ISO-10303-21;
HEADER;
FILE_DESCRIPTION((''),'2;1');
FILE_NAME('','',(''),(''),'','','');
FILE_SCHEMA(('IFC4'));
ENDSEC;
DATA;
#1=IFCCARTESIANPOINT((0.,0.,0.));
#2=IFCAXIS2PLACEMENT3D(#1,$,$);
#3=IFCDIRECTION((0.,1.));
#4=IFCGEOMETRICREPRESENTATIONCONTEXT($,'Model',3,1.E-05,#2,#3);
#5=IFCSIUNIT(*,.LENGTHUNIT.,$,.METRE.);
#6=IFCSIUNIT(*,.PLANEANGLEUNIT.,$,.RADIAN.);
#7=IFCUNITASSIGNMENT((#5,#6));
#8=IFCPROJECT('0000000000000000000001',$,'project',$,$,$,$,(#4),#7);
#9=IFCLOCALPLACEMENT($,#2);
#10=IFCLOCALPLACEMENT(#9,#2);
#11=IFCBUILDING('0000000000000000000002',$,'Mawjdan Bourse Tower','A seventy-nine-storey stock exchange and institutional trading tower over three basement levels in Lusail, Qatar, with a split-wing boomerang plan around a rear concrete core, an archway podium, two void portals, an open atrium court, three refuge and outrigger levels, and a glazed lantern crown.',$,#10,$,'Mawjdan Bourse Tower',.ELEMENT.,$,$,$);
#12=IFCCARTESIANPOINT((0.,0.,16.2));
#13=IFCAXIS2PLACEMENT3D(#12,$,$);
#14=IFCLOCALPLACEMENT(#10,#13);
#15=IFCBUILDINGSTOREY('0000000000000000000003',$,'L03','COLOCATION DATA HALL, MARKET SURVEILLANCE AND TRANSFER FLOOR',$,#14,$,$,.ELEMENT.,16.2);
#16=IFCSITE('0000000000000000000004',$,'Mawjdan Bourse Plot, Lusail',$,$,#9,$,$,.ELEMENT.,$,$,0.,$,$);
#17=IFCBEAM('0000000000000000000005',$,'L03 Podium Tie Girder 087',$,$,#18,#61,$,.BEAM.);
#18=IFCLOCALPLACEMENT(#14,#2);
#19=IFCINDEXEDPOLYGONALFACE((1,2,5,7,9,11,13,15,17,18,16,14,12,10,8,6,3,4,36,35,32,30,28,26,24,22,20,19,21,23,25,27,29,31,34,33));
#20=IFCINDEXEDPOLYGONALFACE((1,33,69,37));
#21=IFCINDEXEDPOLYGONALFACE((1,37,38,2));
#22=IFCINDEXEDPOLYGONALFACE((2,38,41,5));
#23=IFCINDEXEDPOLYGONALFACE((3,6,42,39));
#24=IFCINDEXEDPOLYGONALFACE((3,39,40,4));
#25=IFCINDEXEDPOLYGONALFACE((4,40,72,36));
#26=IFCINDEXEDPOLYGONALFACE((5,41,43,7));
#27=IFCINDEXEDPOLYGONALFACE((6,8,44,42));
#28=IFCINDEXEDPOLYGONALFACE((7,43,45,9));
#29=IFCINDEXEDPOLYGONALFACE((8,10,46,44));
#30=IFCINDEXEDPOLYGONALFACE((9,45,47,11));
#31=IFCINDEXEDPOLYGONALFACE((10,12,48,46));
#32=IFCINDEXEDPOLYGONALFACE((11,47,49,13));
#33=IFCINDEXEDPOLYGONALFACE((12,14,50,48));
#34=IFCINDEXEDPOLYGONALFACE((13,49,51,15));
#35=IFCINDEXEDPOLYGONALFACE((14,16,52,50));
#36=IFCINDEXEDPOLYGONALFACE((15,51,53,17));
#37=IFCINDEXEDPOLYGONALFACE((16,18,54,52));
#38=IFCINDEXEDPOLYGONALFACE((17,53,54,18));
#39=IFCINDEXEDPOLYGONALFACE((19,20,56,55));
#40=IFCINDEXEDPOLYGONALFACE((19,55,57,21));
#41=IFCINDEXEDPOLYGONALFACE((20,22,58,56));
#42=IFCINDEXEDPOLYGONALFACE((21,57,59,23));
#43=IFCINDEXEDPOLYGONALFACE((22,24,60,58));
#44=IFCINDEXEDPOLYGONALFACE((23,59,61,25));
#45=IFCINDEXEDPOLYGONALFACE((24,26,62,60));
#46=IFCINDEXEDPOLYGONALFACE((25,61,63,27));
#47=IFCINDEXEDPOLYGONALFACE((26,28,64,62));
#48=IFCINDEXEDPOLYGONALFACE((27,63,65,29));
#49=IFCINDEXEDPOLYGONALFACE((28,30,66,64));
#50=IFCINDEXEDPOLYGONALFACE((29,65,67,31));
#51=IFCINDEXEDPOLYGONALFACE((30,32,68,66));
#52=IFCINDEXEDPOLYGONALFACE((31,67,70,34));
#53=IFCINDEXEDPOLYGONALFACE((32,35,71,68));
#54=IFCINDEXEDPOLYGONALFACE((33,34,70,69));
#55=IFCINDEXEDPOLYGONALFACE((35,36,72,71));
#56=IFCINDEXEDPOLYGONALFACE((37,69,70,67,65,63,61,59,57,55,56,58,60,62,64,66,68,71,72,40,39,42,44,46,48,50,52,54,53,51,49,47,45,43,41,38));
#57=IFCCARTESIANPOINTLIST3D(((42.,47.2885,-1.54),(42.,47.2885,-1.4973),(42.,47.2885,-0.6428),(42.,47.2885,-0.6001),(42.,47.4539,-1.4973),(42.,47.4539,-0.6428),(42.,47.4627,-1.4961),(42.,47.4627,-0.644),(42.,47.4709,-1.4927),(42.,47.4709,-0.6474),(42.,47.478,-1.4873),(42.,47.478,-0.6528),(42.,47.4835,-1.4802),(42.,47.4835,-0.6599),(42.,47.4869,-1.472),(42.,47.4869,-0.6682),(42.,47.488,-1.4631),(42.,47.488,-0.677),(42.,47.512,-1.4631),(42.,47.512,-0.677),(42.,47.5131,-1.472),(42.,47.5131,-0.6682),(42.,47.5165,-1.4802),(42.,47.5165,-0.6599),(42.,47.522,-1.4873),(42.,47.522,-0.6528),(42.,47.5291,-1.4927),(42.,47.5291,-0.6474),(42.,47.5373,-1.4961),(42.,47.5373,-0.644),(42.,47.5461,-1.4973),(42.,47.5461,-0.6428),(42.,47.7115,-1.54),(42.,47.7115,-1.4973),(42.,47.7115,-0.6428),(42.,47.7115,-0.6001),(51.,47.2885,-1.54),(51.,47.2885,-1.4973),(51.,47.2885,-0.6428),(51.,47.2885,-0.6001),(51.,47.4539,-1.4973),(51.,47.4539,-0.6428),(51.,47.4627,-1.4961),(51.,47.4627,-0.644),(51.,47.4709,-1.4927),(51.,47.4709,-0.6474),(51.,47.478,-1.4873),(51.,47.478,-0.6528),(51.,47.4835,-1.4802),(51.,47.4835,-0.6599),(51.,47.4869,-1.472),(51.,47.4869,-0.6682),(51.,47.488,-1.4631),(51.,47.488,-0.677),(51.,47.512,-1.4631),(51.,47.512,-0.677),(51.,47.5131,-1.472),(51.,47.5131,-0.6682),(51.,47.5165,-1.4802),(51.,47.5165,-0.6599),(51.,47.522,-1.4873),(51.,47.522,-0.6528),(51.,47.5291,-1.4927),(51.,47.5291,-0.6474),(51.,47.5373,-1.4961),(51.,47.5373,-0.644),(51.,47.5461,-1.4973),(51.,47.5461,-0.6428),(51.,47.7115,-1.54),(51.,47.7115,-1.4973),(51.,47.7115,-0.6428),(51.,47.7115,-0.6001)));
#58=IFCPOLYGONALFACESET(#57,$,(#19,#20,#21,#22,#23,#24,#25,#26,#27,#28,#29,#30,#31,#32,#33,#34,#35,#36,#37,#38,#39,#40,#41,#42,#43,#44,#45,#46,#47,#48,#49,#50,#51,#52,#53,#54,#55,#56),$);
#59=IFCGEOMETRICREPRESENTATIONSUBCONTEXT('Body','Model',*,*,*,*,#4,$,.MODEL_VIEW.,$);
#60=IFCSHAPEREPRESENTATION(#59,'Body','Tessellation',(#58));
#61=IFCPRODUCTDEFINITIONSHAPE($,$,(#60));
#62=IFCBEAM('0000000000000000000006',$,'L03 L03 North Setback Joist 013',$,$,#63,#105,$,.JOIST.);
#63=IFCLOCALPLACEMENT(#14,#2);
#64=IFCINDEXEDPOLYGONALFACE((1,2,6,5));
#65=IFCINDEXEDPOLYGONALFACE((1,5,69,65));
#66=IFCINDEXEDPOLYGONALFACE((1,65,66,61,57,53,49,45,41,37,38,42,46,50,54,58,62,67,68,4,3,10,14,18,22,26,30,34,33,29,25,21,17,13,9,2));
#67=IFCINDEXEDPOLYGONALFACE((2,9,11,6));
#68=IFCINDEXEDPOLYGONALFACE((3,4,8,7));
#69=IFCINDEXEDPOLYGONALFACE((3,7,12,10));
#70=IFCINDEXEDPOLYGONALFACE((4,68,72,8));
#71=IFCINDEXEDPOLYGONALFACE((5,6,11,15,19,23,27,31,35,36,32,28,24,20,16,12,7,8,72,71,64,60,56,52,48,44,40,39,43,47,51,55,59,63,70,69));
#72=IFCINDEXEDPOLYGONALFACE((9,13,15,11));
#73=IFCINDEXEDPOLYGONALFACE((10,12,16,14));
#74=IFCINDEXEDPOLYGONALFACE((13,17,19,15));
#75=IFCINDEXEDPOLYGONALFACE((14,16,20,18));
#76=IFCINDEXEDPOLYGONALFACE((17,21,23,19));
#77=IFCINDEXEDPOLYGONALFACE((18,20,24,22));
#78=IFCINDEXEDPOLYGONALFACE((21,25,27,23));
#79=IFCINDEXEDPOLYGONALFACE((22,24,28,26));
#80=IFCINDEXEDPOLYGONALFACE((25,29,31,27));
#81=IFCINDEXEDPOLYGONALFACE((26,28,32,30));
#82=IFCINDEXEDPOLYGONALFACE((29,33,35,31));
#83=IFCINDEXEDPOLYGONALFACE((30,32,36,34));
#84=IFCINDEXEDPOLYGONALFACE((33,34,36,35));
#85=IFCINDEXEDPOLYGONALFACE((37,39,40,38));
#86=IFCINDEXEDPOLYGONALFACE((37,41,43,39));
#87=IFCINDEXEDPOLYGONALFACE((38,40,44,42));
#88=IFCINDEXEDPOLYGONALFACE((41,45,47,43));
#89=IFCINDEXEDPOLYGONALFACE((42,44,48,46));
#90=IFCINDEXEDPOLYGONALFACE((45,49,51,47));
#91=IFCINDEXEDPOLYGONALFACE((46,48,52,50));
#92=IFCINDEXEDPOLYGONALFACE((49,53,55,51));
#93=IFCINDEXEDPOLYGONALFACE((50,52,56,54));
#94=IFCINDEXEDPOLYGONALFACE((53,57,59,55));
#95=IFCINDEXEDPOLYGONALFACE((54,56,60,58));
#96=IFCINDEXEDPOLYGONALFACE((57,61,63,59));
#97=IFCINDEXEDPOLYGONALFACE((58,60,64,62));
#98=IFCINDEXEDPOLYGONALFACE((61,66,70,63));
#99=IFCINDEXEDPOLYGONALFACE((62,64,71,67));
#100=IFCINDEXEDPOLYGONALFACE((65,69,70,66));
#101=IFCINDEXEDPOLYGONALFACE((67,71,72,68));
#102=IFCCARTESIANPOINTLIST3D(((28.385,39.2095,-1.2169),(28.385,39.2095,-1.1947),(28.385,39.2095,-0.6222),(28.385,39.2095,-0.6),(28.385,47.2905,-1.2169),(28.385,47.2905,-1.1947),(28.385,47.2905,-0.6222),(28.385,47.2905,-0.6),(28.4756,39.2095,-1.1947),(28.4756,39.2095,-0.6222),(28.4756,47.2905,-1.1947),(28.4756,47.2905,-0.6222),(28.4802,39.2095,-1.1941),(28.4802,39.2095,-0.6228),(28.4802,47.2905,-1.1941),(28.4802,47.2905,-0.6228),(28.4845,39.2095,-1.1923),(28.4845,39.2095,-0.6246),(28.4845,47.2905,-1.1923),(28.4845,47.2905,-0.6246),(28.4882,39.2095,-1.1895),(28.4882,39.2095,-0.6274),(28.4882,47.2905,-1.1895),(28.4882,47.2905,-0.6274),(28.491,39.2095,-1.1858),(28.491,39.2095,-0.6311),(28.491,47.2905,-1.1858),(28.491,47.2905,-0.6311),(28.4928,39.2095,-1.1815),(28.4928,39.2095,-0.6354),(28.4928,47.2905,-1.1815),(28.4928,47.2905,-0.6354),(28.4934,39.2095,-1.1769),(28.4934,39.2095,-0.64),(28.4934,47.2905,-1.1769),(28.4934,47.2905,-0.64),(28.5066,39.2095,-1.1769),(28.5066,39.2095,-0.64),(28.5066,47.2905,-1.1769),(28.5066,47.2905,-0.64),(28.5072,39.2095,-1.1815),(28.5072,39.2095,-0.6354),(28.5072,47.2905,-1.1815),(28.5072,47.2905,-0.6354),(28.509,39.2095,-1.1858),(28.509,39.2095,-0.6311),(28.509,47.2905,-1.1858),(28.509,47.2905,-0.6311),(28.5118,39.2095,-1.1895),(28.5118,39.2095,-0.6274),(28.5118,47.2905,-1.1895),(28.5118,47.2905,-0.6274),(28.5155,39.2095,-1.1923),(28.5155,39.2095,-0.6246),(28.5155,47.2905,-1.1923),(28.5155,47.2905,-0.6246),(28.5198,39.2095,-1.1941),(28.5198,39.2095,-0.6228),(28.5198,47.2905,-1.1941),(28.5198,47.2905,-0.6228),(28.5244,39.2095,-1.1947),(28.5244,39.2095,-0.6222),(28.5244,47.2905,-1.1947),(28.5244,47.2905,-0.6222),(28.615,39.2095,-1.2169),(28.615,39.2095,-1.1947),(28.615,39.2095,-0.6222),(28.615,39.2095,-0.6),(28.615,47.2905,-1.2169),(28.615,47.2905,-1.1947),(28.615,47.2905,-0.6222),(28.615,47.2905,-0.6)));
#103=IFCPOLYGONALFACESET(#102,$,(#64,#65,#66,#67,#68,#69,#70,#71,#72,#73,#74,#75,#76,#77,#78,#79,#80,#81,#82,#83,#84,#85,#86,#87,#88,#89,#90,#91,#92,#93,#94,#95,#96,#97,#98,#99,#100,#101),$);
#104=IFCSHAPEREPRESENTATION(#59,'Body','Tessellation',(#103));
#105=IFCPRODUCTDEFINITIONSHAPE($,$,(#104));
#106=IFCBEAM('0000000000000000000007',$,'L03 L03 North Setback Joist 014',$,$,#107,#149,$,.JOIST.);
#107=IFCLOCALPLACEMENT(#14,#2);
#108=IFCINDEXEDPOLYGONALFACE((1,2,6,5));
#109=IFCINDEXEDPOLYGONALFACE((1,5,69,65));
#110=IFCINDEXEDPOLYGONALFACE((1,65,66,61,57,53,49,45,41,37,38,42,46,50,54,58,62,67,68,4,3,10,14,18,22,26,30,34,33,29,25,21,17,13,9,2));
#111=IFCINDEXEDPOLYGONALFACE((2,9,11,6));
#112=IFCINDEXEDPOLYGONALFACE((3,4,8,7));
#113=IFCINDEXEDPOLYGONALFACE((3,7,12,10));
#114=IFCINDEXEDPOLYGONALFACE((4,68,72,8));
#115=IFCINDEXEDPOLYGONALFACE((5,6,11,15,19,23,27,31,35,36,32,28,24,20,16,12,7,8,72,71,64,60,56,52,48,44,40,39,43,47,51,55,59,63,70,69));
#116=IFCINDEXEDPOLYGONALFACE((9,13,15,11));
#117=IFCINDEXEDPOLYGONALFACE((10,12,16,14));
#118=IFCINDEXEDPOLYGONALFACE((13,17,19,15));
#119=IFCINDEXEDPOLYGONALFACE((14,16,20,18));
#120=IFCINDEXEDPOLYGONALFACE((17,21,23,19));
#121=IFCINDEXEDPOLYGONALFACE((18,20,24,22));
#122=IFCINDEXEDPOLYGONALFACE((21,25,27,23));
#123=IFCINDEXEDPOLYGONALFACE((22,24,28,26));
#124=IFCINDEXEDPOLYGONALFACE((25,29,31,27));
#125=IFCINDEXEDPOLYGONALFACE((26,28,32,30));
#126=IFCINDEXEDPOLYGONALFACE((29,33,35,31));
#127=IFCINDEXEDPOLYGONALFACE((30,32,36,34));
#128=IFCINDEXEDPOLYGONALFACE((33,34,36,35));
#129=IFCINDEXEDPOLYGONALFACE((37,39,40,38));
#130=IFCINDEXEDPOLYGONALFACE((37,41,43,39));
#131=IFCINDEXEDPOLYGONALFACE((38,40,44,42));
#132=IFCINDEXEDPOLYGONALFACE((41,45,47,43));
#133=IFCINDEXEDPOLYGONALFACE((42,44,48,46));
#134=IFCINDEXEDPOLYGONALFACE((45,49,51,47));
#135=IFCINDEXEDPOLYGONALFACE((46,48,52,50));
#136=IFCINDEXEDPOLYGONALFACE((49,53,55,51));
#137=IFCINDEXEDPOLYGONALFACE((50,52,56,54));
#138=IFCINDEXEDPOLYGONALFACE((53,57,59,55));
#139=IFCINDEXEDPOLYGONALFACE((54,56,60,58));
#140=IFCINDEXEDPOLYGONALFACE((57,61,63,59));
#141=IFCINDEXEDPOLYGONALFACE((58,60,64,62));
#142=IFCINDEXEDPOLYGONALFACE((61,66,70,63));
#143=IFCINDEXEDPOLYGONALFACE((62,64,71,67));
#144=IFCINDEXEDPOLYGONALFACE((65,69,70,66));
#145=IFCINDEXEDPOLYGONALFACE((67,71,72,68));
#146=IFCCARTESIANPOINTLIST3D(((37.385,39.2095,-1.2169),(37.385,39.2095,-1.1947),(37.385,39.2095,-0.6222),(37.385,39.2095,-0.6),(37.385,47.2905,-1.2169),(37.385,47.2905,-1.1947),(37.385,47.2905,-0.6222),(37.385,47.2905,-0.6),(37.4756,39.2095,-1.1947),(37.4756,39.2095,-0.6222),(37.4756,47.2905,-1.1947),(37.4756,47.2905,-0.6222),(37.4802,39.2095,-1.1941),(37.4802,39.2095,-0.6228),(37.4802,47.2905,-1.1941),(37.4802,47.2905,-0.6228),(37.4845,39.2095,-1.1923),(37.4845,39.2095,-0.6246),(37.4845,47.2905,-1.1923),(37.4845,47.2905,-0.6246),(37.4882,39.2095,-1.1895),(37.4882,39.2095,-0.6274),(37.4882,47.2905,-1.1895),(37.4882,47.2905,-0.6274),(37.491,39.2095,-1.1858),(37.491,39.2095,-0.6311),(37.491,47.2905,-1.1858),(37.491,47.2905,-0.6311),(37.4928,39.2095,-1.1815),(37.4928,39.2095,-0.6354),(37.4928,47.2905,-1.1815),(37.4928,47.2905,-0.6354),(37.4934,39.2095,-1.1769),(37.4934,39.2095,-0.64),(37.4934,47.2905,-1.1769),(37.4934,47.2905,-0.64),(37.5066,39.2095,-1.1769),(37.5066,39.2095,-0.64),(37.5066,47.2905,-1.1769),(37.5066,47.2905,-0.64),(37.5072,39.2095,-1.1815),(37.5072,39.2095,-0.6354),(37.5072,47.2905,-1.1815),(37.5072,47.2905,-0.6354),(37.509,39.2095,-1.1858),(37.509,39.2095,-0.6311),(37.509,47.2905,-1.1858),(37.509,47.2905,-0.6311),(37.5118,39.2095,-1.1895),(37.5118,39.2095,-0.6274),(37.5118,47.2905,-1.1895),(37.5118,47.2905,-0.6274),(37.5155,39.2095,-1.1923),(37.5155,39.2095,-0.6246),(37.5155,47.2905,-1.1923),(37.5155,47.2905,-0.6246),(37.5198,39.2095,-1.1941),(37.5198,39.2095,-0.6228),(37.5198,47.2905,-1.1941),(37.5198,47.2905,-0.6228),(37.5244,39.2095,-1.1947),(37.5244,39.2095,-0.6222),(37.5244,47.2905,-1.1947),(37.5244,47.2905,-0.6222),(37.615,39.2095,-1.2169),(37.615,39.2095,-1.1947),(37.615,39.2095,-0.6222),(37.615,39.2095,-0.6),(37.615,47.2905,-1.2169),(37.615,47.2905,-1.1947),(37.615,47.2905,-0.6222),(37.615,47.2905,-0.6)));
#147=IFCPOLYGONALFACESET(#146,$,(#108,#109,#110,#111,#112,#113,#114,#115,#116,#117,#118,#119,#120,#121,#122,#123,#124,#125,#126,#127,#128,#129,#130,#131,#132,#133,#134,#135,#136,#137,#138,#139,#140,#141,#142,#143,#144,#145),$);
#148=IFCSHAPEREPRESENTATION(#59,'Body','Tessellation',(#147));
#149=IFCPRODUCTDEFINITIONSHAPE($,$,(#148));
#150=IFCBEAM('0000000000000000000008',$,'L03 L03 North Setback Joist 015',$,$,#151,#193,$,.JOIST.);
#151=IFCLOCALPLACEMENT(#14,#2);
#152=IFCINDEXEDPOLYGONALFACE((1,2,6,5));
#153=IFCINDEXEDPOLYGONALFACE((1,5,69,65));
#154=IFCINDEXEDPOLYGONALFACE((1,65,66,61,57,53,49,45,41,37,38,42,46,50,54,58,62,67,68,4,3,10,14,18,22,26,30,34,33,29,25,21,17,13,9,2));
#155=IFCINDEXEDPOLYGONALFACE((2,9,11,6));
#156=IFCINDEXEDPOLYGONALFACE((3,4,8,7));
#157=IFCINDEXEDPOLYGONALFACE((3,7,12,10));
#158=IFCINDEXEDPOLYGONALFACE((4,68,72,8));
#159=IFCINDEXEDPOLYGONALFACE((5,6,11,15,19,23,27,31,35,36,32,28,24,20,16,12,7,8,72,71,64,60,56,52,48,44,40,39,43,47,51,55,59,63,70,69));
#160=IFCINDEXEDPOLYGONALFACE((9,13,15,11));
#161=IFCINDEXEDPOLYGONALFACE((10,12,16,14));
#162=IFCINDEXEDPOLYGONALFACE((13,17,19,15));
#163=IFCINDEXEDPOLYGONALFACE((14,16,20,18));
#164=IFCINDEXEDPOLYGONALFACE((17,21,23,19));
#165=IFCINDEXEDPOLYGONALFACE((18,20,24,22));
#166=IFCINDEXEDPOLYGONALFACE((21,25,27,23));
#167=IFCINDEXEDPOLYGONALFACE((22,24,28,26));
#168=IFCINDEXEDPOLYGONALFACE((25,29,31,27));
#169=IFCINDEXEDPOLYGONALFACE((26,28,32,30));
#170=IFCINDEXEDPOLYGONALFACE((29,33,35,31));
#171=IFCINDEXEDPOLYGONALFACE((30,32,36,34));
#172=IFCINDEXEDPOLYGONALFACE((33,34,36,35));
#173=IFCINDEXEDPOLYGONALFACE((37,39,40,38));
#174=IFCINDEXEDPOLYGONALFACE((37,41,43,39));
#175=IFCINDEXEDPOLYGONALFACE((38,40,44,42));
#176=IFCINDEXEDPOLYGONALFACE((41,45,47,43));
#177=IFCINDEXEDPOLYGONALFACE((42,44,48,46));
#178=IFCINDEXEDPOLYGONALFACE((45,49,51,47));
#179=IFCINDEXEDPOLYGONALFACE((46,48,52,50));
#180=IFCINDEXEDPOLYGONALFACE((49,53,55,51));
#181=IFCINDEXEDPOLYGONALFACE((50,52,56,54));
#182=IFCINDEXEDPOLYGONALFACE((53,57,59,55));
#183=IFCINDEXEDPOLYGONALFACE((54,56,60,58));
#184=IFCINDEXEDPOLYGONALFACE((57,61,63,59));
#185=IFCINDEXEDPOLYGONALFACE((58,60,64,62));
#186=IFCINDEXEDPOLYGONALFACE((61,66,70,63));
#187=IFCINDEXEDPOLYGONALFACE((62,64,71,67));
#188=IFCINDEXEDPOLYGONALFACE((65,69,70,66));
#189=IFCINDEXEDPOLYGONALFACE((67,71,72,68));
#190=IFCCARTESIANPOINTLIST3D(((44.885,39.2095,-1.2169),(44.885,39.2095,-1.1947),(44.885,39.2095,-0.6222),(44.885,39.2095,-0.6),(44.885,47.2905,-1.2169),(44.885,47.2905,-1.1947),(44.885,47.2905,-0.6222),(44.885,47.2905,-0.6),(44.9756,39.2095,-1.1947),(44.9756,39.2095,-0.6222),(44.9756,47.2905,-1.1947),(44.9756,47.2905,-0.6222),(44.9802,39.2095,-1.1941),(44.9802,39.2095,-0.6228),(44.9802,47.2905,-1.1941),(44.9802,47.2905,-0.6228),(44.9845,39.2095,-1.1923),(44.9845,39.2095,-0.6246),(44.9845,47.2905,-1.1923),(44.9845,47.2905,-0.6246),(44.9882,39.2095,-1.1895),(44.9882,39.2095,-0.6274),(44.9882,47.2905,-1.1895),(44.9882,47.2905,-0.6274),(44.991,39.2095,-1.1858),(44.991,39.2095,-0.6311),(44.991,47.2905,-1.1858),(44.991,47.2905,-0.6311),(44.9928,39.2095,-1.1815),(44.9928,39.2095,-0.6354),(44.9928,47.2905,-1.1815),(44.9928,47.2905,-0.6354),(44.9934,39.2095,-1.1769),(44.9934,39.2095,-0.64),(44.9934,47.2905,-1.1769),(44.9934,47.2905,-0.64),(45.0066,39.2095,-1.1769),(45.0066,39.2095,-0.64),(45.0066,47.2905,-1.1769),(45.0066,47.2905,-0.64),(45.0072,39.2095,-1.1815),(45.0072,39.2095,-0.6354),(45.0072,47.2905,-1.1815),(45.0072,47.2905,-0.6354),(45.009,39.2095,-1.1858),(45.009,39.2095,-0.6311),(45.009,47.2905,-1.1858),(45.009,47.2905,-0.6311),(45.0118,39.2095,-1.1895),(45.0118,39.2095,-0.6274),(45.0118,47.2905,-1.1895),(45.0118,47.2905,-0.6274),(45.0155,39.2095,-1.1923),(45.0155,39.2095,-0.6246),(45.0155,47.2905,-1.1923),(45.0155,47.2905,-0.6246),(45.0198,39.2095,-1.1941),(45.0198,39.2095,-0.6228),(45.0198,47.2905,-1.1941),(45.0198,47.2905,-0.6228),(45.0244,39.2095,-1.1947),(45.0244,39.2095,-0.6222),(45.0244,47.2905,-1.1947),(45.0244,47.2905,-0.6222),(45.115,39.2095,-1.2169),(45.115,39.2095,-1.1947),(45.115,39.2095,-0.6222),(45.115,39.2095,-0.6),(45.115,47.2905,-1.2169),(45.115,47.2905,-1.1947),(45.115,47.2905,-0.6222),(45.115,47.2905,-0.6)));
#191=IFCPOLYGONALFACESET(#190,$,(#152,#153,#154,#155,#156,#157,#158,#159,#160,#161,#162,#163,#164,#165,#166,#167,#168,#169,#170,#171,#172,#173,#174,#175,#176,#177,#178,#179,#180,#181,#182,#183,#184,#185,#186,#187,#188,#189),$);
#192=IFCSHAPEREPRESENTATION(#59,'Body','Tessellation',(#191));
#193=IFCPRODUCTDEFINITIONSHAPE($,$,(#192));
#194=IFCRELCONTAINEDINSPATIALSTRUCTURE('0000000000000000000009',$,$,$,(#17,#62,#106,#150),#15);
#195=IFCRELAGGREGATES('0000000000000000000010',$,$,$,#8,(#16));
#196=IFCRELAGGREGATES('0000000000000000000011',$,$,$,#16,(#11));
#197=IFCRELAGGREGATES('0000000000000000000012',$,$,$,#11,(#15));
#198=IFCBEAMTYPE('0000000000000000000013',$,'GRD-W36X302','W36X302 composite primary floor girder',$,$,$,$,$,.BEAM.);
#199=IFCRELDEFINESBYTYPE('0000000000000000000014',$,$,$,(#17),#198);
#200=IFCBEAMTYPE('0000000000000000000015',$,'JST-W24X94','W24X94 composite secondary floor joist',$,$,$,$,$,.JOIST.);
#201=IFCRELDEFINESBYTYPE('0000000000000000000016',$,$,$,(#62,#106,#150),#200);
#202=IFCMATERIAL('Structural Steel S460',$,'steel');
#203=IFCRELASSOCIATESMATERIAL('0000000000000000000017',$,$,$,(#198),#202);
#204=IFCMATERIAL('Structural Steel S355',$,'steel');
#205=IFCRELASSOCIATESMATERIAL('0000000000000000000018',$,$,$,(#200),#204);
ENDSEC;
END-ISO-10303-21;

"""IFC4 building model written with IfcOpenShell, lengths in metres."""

from ifc_helpers import new_model, si_unit, direction, frame, origin, origin_2d, place, context, subcontext, project, spatial, i_section, extrude, material, material_profile, profile_set, type_object, element, save


model = new_model("IFC4")

# Units and contexts
model_context = context("Model", 3, precision=1e-05, world=origin(), true_north=direction((0.0, 1.0)))
body_context = subcontext(model_context, "Body", "Model", "MODEL_VIEW")
ifc_project = project(units=[si_unit("LENGTHUNIT", "METRE"), si_unit("PLANEANGLEUNIT", "RADIAN")], contexts=[model_context])

# Site, building, storey
site_placement = place(None, origin())
site = spatial("IfcSite", under=ifc_project, at=site_placement, Name="Mawjdan Bourse Plot, Lusail", CompositionType="ELEMENT", RefElevation=0.0)
building_placement = place(site_placement, origin())
building = spatial("IfcBuilding", under=site, at=building_placement, Name="Mawjdan Bourse Tower", Description="A seventy-nine-storey stock exchange and institutional trading tower over three basement levels in Lusail, Qatar, with a split-wing boomerang plan around a rear concrete core, an archway podium, two void portals, an open atrium court, three refuge and outrigger levels, and a glazed lantern crown.", LongName="Mawjdan Bourse Tower", CompositionType="ELEMENT")
storey_placement = place(building_placement, frame((0.0, 0.0, 16.2)))
storey = spatial("IfcBuildingStorey", under=building, at=storey_placement, Name="L03", Description="COLOCATION DATA HALL, MARKET SURVEILLANCE AND TRANSFER FLOOR", CompositionType="ELEMENT", Elevation=16.2)

# Beams
ifc_material_1 = material(Name="Structural Steel S460", Category="steel")
ifc_material_profile_1 = material_profile(ifc_material_1, i_section(OverallWidth=0.4231, OverallDepth=0.9399, WebThickness=0.0239, FlangeThickness=0.0427, FilletRadius=0.0342, at=origin_2d()), Name="W36X302")
ifc_profile_set_1 = profile_set([ifc_material_profile_1], Name="Structural Steel S460")
beam_type_1 = type_object("IfcBeamType", Name="GRD-W36X302", Description="W36X302 composite primary floor girder", PredefinedType="BEAM", material=ifc_profile_set_1)
for number, where, z_axis, x_axis, name in (
    (1, (42.0, 47.5, -1.0701), (1.0, 0.0, 0.0), (0.0, 1.0, 0.0), "L03 Podium Tie Girder 087"),
):
    element("IfcBeam", number, at=place(storey_placement, frame(where, z_axis=z_axis, x_axis=x_axis)), inside=storey, type_object=beam_type_1, Name=name, PredefinedType="BEAM", context=body_context, shape_type="SweptSolid", body=[
        extrude(i_section(OverallWidth=0.4231, OverallDepth=0.9399, WebThickness=0.0239, FlangeThickness=0.0427, FilletRadius=0.0342, at=origin_2d()), origin(), (0.0, 0.0, 1.0), 9.0),
    ])
ifc_material_2 = material(Name="Structural Steel S355", Category="steel")
ifc_material_profile_2 = material_profile(ifc_material_2, i_section(OverallWidth=0.23, OverallDepth=0.6169, WebThickness=0.0132, FlangeThickness=0.0222, FilletRadius=0.0178, at=origin_2d()), Name="W24X94")
ifc_profile_set_2 = profile_set([ifc_material_profile_2], Name="Structural Steel S355")
beam_type_2 = type_object("IfcBeamType", Name="JST-W24X94", Description="W24X94 composite secondary floor joist", PredefinedType="JOIST", material=ifc_profile_set_2)
for number, where, z_axis, x_axis, name in (
    (2, (28.5, 39.2095, -0.9084), (0.0, 1.0, 0.0), (-1.0, 0.0, 0.0), "L03 L03 North Setback Joist 013"),
    (3, (37.5, 39.2095, -0.9084), (0.0, 1.0, 0.0), (-1.0, 0.0, 0.0), "L03 L03 North Setback Joist 014"),
    (4, (45.0, 39.2095, -0.9084), (0.0, 1.0, 0.0), (-1.0, 0.0, 0.0), "L03 L03 North Setback Joist 015"),
):
    element("IfcBeam", number, at=place(storey_placement, frame(where, z_axis=z_axis, x_axis=x_axis)), inside=storey, type_object=beam_type_2, Name=name, PredefinedType="JOIST", context=body_context, shape_type="SweptSolid", body=[
        extrude(i_section(OverallWidth=0.23, OverallDepth=0.6169, WebThickness=0.0132, FlangeThickness=0.0222, FilletRadius=0.0178, at=origin_2d()), origin(), (0.0, 0.0, 1.0), 8.0811),
    ])

save(model, "model.ifc")
